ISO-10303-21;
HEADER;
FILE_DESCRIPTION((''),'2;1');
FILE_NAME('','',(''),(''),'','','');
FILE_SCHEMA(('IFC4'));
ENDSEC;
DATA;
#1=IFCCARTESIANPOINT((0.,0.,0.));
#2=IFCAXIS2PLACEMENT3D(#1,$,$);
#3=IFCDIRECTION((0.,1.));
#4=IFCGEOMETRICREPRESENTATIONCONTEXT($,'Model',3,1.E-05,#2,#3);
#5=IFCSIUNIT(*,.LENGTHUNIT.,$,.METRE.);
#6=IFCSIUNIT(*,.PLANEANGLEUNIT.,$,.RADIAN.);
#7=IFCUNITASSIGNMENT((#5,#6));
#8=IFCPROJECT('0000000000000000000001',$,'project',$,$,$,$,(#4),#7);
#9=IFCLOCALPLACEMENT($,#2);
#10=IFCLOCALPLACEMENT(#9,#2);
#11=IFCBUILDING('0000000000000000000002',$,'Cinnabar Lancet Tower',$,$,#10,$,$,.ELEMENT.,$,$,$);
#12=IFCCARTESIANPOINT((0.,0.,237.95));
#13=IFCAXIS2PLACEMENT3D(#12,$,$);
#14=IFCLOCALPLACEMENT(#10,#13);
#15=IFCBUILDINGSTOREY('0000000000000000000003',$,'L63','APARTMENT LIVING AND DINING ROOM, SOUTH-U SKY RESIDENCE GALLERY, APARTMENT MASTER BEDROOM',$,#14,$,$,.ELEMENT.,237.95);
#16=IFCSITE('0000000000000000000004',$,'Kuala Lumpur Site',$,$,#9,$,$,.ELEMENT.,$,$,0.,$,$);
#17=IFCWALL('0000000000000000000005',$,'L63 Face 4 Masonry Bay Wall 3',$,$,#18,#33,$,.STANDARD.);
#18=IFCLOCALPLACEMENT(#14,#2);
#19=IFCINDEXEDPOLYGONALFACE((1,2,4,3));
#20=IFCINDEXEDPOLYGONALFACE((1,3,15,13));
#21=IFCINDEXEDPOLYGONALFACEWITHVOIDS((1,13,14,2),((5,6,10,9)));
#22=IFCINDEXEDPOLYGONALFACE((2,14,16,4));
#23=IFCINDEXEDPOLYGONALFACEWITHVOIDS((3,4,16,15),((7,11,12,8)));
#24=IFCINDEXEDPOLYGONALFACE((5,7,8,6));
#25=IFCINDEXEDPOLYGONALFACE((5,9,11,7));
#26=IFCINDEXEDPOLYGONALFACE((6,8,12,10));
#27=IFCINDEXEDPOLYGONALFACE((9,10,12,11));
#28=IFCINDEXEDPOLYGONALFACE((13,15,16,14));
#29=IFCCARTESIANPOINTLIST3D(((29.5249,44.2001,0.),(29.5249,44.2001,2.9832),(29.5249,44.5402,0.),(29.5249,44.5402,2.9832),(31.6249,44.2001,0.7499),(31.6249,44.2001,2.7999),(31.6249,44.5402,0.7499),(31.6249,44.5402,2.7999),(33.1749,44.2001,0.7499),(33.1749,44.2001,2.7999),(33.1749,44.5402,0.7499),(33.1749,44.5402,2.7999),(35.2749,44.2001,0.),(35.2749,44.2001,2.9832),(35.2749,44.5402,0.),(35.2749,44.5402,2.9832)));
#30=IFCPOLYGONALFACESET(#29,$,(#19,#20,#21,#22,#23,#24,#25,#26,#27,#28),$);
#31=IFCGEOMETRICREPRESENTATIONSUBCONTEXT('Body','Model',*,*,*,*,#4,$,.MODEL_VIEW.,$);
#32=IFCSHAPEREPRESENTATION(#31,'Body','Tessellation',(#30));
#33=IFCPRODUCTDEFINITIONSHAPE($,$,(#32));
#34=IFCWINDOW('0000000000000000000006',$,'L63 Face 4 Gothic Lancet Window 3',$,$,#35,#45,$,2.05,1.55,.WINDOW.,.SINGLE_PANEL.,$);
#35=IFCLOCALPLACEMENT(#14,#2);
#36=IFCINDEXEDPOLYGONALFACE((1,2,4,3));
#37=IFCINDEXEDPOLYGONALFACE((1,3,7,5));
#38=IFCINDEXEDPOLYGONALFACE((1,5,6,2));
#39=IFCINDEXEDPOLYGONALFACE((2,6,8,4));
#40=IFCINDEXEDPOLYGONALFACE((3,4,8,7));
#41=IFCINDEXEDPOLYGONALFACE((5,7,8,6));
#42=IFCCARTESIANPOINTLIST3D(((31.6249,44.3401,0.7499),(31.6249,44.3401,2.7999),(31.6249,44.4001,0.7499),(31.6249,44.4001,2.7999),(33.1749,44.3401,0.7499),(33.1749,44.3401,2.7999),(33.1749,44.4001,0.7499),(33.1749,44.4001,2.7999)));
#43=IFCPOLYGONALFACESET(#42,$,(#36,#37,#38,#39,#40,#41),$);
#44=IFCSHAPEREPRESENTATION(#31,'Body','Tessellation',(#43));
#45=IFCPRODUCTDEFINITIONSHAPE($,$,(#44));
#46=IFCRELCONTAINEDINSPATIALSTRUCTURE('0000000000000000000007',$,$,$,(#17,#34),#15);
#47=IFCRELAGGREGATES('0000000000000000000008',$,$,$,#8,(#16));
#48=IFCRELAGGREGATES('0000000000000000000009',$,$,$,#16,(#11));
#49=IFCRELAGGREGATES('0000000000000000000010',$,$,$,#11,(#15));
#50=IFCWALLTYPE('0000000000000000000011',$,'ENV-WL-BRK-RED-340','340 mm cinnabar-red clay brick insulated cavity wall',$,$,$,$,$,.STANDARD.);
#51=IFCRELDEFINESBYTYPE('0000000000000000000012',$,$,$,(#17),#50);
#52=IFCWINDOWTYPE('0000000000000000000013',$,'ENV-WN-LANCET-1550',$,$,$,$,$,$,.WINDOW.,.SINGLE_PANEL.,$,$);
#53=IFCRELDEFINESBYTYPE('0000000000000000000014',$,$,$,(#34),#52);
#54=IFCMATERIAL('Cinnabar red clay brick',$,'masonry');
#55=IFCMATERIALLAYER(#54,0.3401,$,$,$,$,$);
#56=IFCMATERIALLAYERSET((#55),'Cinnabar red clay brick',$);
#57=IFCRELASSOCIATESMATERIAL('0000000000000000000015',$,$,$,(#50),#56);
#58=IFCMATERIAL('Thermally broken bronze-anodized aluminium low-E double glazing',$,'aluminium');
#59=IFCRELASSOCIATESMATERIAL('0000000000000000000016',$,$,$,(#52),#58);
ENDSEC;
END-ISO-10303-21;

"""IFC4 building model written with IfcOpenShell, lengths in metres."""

from ifc_helpers import new_model, si_unit, direction, frame, frame_2d, origin, place, context, subcontext, project, spatial, rectangle, extrude, material, layer, layer_set, type_object, element, fill, save


model = new_model("IFC4")

# Units and contexts
model_context = context("Model", 3, precision=1e-05, world=origin(), true_north=direction((0.0, 1.0)))
body_context = subcontext(model_context, "Body", "Model", "MODEL_VIEW")
ifc_project = project(units=[si_unit("LENGTHUNIT", "METRE"), si_unit("PLANEANGLEUNIT", "RADIAN")], contexts=[model_context])

# Site, building, storey
site_placement = place(None, origin())
site = spatial("IfcSite", under=ifc_project, at=site_placement, Name="Kuala Lumpur Site", CompositionType="ELEMENT", RefElevation=0.0)
building_placement = place(site_placement, origin())
building = spatial("IfcBuilding", under=site, at=building_placement, Name="Cinnabar Lancet Tower", CompositionType="ELEMENT")
storey_placement = place(building_placement, frame((0.0, 0.0, 237.95)))
storey = spatial("IfcBuildingStorey", under=building, at=storey_placement, Name="L63", Description="APARTMENT LIVING AND DINING ROOM, SOUTH-U SKY RESIDENCE GALLERY, APARTMENT MASTER BEDROOM", CompositionType="ELEMENT", Elevation=237.95)

# Wall, opening, window
ifc_material_1 = material(Name="Cinnabar red clay brick", Category="masonry")
ifc_layer_1 = layer(ifc_material_1, 0.3401)
ifc_layer_set_1 = layer_set([ifc_layer_1], Name="Cinnabar red clay brick")
wall_type_1 = type_object("IfcWallType", Name="ENV-WL-BRK-RED-340", Description="340 mm cinnabar-red clay brick insulated cavity wall", PredefinedType="STANDARD", material=ifc_layer_set_1)
wall_1_placement = place(storey_placement, frame((35.2749, 44.3701, 0.0), z_axis=(0.0, 0.0, 1.0), x_axis=(-1.0, 0.0, 0.0)))
wall_1 = element("IfcWall", 1, at=wall_1_placement, inside=storey, type_object=wall_type_1, Name="L63 Face 4 Masonry Bay Wall 3", PredefinedType="STANDARD", context=body_context, shape_type="SweptSolid", body=[
    extrude(rectangle(XDim=5.75, YDim=0.3401, at=frame_2d((2.875, 0.0))), origin(), (0.0, 0.0, 1.0), 2.9832),
])
opening_1_placement = place(wall_1_placement, frame((2.1001, 0.0, 0.75)))
opening_1 = element("IfcOpeningElement", 2, at=opening_1_placement, cuts=wall_1, PredefinedType="OPENING", context=body_context, shape_type="SweptSolid", body=[
    extrude(rectangle(XDim=1.55, YDim=2.05, at=frame_2d((0.7749, 1.0249))), frame((0.0, 0.1799, 0.0), z_axis=(0.0, -1.0, 0.0), x_axis=(1.0, 0.0, 0.0)), (0.0, 0.0, 1.0), 0.3601),
])
ifc_material_2 = material(Name="Thermally broken bronze-anodized aluminium low-E double glazing", Category="aluminium")
window_type_1 = type_object("IfcWindowType", Name="ENV-WN-LANCET-1550", PartitioningType="SINGLE_PANEL", PredefinedType="WINDOW", material=ifc_material_2)
window_1_placement = place(opening_1_placement, origin())
window_1 = element("IfcWindow", 3, at=window_1_placement, inside=storey, type_object=window_type_1, Name="L63 Face 4 Gothic Lancet Window 3", OverallHeight=2.05, OverallWidth=1.55, PartitioningType="SINGLE_PANEL", PredefinedType="WINDOW", context=body_context, shape_type="SweptSolid", body=[
    extrude(rectangle(XDim=1.55, YDim=2.05, at=frame_2d((0.7749, 1.0249))), frame((0.0, 0.03, 0.0), z_axis=(0.0, -1.0, 0.0), x_axis=(1.0, 0.0, 0.0)), (0.0, 0.0, 1.0), 0.0601),
])
fill(opening_1, window_1)

save(model, "model.ifc")
